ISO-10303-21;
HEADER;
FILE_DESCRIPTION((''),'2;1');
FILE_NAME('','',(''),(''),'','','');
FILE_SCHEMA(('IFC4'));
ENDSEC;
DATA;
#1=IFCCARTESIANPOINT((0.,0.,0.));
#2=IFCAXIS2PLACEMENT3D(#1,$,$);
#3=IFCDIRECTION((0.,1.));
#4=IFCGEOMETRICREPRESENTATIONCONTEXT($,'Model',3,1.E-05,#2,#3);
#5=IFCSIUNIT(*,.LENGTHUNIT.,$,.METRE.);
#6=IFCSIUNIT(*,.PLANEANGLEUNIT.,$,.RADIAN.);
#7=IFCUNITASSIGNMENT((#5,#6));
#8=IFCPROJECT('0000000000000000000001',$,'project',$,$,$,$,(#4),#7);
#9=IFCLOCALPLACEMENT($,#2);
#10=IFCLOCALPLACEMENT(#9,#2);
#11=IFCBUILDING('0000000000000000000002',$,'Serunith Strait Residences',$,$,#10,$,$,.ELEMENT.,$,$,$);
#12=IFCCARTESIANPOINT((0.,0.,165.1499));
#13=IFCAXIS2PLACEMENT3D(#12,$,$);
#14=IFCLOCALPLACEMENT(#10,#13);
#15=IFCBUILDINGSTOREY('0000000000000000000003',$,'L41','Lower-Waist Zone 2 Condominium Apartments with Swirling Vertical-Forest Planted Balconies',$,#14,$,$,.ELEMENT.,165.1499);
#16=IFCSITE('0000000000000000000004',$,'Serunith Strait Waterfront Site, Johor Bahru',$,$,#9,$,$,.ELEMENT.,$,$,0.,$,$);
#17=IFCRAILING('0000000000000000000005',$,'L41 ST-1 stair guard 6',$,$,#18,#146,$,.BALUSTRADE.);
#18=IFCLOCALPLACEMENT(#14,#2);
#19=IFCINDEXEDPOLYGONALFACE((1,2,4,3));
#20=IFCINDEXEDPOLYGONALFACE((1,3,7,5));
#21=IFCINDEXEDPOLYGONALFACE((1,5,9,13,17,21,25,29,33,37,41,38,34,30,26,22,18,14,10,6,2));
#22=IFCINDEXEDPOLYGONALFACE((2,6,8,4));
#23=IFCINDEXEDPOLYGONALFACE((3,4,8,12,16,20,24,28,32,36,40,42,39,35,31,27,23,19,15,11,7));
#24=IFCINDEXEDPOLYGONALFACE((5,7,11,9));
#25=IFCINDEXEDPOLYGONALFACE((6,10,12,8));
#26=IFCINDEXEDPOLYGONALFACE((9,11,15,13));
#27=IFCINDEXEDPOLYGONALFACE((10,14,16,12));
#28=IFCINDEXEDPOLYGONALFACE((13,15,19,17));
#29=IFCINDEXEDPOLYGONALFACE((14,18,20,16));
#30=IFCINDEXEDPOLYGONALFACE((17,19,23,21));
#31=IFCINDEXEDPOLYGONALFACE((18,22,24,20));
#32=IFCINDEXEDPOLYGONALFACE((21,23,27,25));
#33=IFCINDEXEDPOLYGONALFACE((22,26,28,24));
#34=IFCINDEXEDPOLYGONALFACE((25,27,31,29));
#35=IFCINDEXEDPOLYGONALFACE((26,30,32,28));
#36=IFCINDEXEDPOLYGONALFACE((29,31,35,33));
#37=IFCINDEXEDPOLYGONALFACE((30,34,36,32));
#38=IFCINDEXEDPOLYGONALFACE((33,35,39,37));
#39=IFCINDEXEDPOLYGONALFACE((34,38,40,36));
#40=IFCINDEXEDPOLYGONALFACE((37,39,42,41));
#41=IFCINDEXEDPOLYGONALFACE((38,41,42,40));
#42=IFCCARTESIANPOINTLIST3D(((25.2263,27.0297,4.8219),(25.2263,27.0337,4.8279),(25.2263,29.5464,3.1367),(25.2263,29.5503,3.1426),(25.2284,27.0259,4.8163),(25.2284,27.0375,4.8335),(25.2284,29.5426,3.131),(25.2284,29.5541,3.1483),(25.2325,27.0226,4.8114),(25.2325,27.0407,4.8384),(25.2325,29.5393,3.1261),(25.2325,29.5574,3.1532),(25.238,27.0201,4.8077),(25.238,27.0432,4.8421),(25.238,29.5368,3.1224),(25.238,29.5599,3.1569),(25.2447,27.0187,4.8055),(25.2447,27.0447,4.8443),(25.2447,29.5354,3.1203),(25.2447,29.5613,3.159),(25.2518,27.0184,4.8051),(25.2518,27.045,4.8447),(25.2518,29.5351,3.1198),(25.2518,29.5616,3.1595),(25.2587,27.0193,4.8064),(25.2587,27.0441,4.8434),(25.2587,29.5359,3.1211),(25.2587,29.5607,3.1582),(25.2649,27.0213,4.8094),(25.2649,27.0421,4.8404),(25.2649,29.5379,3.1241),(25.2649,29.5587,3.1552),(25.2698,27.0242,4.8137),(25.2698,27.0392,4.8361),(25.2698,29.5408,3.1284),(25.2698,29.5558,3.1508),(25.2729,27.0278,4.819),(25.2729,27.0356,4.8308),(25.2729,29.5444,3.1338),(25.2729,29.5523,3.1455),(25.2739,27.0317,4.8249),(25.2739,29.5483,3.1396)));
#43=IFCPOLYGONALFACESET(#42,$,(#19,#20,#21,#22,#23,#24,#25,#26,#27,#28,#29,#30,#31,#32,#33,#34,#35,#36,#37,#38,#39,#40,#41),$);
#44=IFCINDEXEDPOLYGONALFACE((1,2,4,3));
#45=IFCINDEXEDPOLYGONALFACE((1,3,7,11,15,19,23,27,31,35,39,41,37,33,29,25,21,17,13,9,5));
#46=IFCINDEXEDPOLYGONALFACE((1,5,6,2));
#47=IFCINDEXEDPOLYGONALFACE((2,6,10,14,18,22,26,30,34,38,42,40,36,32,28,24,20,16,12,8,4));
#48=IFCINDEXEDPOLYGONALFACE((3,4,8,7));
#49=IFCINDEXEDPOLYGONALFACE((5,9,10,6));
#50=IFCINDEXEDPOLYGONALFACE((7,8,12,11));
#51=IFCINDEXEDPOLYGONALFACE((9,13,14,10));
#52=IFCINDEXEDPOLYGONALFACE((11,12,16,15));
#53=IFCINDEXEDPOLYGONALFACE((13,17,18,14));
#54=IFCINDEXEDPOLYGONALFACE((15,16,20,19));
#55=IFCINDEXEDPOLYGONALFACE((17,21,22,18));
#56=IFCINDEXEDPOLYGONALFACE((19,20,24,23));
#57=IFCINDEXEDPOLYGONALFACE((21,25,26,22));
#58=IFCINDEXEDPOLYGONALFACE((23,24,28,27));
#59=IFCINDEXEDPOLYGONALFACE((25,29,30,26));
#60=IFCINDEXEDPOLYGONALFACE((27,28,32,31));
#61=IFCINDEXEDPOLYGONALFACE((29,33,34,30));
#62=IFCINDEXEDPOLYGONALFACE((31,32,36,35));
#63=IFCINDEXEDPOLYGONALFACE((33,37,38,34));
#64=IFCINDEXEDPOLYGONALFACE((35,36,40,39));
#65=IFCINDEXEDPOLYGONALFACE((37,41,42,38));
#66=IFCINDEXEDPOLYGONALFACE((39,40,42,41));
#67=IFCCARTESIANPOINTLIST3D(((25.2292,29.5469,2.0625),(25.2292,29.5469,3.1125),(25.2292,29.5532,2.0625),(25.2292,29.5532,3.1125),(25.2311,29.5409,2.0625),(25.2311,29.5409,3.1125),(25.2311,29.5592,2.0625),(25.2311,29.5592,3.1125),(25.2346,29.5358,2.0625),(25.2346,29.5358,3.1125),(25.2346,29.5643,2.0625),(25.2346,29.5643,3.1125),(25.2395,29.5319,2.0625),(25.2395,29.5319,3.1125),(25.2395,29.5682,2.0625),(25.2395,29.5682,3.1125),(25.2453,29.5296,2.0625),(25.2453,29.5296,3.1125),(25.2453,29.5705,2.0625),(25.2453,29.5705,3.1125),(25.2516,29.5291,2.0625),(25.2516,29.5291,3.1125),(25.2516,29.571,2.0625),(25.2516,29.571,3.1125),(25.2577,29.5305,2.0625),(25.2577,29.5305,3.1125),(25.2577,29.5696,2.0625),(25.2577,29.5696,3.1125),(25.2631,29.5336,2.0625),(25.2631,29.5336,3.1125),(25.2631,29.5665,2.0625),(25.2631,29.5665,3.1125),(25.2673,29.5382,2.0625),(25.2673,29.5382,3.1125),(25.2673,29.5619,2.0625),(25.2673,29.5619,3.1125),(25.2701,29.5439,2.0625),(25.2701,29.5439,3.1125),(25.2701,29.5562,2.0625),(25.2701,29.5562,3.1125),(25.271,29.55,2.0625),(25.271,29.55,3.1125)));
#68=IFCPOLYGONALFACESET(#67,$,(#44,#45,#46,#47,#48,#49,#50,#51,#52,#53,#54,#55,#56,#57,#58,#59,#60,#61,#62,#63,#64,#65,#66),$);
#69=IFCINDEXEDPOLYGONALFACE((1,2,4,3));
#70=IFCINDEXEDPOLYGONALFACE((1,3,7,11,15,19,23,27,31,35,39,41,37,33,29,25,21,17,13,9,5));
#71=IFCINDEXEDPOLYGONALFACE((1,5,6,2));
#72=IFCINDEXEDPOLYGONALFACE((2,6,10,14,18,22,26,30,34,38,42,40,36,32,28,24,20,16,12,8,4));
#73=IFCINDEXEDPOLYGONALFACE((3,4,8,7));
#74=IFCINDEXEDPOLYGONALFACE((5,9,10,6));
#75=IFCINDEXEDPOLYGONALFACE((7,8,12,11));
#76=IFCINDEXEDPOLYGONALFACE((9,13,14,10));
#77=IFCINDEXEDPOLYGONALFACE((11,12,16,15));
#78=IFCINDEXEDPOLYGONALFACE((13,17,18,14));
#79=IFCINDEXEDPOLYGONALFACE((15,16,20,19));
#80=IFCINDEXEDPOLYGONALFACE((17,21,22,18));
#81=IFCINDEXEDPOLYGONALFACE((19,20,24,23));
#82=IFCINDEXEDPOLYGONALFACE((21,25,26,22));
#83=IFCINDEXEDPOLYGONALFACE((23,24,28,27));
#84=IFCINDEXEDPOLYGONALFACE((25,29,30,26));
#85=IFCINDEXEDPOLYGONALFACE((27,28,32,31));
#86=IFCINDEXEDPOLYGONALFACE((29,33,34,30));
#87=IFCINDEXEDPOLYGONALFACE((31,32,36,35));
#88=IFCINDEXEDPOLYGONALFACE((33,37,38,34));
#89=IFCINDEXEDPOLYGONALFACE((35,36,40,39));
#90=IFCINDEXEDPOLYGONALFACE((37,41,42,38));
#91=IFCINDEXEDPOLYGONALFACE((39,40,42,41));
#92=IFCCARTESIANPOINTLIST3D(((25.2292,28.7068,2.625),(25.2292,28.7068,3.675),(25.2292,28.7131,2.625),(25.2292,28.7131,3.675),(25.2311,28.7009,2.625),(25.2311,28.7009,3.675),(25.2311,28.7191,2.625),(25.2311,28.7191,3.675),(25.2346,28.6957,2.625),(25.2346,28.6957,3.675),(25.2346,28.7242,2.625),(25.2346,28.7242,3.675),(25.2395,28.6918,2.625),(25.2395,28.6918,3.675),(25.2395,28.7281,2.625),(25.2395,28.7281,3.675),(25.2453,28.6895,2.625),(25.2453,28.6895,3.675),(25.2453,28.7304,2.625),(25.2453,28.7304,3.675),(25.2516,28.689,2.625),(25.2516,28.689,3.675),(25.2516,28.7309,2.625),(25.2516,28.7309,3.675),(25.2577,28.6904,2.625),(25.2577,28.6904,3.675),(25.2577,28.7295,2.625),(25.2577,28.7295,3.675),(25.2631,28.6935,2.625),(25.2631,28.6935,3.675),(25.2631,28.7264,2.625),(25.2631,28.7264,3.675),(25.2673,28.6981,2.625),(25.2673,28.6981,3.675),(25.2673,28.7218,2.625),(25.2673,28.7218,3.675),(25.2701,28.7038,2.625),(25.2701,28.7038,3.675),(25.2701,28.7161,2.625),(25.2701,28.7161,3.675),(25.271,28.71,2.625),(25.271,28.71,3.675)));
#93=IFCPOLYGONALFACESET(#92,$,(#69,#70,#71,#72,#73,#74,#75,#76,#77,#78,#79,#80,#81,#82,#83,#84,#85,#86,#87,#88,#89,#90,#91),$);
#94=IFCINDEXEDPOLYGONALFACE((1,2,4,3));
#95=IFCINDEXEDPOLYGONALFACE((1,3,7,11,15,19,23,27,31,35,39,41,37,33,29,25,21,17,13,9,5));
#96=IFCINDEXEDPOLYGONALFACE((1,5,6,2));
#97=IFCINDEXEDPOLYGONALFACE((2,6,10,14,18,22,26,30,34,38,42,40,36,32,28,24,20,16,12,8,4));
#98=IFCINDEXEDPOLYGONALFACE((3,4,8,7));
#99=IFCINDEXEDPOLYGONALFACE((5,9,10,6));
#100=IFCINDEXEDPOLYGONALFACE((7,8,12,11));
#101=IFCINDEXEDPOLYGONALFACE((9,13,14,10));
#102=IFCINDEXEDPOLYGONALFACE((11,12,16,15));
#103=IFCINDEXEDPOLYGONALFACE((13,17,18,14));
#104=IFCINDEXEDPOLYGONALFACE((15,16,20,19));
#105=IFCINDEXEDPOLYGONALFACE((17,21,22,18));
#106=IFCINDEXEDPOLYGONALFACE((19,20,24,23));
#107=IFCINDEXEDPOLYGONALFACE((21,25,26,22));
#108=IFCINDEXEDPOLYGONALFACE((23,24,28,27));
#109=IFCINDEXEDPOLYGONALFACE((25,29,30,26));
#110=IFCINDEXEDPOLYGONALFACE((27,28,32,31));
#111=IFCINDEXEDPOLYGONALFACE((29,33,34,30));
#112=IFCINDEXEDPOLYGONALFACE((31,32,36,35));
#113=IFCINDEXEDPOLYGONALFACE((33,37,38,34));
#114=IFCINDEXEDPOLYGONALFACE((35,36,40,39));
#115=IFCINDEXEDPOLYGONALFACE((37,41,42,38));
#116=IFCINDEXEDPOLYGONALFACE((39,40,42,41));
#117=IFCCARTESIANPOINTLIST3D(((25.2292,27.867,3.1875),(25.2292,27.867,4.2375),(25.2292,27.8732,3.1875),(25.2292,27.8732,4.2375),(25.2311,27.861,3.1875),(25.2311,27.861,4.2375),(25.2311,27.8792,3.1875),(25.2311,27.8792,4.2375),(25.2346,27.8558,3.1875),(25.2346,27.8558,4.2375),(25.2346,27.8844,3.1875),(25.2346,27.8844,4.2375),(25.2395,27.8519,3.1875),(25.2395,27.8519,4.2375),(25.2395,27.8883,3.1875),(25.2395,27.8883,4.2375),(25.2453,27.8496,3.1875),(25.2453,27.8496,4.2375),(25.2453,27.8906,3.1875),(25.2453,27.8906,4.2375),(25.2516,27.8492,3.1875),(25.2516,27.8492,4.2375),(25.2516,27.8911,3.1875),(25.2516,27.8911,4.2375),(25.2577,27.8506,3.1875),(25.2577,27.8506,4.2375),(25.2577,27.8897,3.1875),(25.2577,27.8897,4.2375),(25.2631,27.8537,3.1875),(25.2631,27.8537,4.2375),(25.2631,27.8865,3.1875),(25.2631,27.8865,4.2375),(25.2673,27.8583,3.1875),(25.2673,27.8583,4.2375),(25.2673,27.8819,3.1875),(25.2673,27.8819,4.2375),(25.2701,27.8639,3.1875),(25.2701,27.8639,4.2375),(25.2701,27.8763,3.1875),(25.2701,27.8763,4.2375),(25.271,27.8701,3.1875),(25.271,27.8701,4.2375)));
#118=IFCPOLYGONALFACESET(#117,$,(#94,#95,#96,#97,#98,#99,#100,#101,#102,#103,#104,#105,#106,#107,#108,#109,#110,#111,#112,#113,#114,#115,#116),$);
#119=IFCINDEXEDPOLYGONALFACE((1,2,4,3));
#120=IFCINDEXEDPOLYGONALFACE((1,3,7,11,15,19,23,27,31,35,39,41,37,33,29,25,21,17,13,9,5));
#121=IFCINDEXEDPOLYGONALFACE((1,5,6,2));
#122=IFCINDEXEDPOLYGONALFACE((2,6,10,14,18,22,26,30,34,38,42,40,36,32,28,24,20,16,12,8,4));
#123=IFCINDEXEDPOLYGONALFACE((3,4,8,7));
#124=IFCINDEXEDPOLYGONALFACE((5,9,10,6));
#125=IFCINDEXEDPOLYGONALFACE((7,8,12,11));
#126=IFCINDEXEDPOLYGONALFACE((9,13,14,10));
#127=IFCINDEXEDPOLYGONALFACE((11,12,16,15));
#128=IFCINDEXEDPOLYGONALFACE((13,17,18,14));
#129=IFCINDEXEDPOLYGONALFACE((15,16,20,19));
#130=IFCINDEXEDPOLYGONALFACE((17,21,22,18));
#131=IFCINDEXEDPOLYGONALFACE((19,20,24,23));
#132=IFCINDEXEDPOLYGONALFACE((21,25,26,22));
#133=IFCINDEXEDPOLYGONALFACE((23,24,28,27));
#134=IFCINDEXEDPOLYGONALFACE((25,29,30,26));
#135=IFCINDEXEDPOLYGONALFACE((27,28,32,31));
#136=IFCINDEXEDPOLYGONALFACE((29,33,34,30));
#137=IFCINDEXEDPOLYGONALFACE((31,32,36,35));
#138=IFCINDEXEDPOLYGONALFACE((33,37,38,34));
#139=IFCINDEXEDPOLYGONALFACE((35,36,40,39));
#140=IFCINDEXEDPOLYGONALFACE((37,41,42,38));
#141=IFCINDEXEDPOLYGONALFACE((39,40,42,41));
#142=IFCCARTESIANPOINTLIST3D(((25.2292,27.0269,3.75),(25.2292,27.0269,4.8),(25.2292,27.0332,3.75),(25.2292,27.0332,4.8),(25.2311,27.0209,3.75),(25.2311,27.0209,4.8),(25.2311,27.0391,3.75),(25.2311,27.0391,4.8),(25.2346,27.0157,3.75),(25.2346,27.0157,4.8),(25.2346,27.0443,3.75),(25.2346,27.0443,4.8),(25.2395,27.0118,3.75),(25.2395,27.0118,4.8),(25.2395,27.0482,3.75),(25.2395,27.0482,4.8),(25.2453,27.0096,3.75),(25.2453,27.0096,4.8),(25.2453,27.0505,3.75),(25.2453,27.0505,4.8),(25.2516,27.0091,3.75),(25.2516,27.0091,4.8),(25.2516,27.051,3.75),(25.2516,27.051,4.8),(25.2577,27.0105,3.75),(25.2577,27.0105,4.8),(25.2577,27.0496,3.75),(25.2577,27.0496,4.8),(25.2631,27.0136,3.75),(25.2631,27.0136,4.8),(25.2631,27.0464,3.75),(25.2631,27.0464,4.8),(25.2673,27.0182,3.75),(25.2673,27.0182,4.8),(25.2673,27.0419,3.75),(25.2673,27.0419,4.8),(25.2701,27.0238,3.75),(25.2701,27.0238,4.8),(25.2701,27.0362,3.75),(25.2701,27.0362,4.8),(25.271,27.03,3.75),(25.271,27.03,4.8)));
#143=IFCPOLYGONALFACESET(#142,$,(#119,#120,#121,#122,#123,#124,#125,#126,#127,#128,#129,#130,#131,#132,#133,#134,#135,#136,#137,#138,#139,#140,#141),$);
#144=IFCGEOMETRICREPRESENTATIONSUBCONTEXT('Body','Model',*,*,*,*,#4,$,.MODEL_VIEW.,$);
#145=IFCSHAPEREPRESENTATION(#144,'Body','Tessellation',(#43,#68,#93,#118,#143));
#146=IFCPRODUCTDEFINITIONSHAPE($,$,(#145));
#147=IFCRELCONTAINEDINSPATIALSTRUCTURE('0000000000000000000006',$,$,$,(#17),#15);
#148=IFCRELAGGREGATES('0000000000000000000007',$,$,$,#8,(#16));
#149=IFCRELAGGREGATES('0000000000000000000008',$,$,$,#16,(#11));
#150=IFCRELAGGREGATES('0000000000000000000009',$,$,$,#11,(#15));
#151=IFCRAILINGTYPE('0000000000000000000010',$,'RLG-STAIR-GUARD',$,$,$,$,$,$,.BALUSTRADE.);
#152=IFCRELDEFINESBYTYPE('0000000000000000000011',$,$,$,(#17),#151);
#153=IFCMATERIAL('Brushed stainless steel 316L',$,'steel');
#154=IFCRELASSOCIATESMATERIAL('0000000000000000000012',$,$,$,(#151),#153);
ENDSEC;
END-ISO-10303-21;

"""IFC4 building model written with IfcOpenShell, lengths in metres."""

from ifc_helpers import new_model, si_unit, direction, frame, origin, origin_2d, place, context, subcontext, project, spatial, circle, extrude, material, type_object, element, save


model = new_model("IFC4")

# Units and contexts
model_context = context("Model", 3, precision=1e-05, world=origin(), true_north=direction((0.0, 1.0)))
body_context = subcontext(model_context, "Body", "Model", "MODEL_VIEW")
ifc_project = project(units=[si_unit("LENGTHUNIT", "METRE"), si_unit("PLANEANGLEUNIT", "RADIAN")], contexts=[model_context])

# Site, building, storey
site_placement = place(None, origin())
site = spatial("IfcSite", under=ifc_project, at=site_placement, Name="Serunith Strait Waterfront Site, Johor Bahru", CompositionType="ELEMENT", RefElevation=0.0)
building_placement = place(site_placement, origin())
building = spatial("IfcBuilding", under=site, at=building_placement, Name="Serunith Strait Residences", CompositionType="ELEMENT")
storey_placement = place(building_placement, frame((0.0, 0.0, 165.1499)))
storey = spatial("IfcBuildingStorey", under=building, at=storey_placement, Name="L41", Description="Lower-Waist Zone 2 Condominium Apartments with Swirling Vertical-Forest Planted Balconies", CompositionType="ELEMENT", Elevation=165.1499)

# Railing
ifc_material_1 = material(Name="Brushed stainless steel 316L", Category="steel")
railing_type_1 = type_object("IfcRailingType", Name="RLG-STAIR-GUARD", PredefinedType="BALUSTRADE", material=ifc_material_1)
railing_1_placement = place(storey_placement, frame((25.25, 29.55, 2.0625)))
element("IfcRailing", 1, at=railing_1_placement, inside=storey, type_object=railing_type_1, Name="L41 ST-1 stair guard 6", PredefinedType="BALUSTRADE", context=body_context, shape_type="SweptSolid", body=[
    extrude(circle(Radius=0.0239, at=origin_2d()), frame((0.0, -0.0017, 1.0771), z_axis=(0.0, -0.830909, 0.556408), x_axis=(1.0, 0.0, 0.0)), (0.0, 0.0, 1.0), 3.0288),
    extrude(circle(Radius=0.021, at=origin_2d()), origin(), (0.0, 0.0, 1.0), 1.05),
    extrude(circle(Radius=0.021, at=origin_2d()), frame((0.0, -0.8401, 0.5625)), (0.0, 0.0, 1.0), 1.05),
    extrude(circle(Radius=0.021, at=origin_2d()), frame((0.0, -1.6799, 1.125)), (0.0, 0.0, 1.0), 1.05),
    extrude(circle(Radius=0.021, at=origin_2d()), frame((0.0, -2.52, 1.6875)), (0.0, 0.0, 1.0), 1.05),
])

save(model, "model.ifc")
